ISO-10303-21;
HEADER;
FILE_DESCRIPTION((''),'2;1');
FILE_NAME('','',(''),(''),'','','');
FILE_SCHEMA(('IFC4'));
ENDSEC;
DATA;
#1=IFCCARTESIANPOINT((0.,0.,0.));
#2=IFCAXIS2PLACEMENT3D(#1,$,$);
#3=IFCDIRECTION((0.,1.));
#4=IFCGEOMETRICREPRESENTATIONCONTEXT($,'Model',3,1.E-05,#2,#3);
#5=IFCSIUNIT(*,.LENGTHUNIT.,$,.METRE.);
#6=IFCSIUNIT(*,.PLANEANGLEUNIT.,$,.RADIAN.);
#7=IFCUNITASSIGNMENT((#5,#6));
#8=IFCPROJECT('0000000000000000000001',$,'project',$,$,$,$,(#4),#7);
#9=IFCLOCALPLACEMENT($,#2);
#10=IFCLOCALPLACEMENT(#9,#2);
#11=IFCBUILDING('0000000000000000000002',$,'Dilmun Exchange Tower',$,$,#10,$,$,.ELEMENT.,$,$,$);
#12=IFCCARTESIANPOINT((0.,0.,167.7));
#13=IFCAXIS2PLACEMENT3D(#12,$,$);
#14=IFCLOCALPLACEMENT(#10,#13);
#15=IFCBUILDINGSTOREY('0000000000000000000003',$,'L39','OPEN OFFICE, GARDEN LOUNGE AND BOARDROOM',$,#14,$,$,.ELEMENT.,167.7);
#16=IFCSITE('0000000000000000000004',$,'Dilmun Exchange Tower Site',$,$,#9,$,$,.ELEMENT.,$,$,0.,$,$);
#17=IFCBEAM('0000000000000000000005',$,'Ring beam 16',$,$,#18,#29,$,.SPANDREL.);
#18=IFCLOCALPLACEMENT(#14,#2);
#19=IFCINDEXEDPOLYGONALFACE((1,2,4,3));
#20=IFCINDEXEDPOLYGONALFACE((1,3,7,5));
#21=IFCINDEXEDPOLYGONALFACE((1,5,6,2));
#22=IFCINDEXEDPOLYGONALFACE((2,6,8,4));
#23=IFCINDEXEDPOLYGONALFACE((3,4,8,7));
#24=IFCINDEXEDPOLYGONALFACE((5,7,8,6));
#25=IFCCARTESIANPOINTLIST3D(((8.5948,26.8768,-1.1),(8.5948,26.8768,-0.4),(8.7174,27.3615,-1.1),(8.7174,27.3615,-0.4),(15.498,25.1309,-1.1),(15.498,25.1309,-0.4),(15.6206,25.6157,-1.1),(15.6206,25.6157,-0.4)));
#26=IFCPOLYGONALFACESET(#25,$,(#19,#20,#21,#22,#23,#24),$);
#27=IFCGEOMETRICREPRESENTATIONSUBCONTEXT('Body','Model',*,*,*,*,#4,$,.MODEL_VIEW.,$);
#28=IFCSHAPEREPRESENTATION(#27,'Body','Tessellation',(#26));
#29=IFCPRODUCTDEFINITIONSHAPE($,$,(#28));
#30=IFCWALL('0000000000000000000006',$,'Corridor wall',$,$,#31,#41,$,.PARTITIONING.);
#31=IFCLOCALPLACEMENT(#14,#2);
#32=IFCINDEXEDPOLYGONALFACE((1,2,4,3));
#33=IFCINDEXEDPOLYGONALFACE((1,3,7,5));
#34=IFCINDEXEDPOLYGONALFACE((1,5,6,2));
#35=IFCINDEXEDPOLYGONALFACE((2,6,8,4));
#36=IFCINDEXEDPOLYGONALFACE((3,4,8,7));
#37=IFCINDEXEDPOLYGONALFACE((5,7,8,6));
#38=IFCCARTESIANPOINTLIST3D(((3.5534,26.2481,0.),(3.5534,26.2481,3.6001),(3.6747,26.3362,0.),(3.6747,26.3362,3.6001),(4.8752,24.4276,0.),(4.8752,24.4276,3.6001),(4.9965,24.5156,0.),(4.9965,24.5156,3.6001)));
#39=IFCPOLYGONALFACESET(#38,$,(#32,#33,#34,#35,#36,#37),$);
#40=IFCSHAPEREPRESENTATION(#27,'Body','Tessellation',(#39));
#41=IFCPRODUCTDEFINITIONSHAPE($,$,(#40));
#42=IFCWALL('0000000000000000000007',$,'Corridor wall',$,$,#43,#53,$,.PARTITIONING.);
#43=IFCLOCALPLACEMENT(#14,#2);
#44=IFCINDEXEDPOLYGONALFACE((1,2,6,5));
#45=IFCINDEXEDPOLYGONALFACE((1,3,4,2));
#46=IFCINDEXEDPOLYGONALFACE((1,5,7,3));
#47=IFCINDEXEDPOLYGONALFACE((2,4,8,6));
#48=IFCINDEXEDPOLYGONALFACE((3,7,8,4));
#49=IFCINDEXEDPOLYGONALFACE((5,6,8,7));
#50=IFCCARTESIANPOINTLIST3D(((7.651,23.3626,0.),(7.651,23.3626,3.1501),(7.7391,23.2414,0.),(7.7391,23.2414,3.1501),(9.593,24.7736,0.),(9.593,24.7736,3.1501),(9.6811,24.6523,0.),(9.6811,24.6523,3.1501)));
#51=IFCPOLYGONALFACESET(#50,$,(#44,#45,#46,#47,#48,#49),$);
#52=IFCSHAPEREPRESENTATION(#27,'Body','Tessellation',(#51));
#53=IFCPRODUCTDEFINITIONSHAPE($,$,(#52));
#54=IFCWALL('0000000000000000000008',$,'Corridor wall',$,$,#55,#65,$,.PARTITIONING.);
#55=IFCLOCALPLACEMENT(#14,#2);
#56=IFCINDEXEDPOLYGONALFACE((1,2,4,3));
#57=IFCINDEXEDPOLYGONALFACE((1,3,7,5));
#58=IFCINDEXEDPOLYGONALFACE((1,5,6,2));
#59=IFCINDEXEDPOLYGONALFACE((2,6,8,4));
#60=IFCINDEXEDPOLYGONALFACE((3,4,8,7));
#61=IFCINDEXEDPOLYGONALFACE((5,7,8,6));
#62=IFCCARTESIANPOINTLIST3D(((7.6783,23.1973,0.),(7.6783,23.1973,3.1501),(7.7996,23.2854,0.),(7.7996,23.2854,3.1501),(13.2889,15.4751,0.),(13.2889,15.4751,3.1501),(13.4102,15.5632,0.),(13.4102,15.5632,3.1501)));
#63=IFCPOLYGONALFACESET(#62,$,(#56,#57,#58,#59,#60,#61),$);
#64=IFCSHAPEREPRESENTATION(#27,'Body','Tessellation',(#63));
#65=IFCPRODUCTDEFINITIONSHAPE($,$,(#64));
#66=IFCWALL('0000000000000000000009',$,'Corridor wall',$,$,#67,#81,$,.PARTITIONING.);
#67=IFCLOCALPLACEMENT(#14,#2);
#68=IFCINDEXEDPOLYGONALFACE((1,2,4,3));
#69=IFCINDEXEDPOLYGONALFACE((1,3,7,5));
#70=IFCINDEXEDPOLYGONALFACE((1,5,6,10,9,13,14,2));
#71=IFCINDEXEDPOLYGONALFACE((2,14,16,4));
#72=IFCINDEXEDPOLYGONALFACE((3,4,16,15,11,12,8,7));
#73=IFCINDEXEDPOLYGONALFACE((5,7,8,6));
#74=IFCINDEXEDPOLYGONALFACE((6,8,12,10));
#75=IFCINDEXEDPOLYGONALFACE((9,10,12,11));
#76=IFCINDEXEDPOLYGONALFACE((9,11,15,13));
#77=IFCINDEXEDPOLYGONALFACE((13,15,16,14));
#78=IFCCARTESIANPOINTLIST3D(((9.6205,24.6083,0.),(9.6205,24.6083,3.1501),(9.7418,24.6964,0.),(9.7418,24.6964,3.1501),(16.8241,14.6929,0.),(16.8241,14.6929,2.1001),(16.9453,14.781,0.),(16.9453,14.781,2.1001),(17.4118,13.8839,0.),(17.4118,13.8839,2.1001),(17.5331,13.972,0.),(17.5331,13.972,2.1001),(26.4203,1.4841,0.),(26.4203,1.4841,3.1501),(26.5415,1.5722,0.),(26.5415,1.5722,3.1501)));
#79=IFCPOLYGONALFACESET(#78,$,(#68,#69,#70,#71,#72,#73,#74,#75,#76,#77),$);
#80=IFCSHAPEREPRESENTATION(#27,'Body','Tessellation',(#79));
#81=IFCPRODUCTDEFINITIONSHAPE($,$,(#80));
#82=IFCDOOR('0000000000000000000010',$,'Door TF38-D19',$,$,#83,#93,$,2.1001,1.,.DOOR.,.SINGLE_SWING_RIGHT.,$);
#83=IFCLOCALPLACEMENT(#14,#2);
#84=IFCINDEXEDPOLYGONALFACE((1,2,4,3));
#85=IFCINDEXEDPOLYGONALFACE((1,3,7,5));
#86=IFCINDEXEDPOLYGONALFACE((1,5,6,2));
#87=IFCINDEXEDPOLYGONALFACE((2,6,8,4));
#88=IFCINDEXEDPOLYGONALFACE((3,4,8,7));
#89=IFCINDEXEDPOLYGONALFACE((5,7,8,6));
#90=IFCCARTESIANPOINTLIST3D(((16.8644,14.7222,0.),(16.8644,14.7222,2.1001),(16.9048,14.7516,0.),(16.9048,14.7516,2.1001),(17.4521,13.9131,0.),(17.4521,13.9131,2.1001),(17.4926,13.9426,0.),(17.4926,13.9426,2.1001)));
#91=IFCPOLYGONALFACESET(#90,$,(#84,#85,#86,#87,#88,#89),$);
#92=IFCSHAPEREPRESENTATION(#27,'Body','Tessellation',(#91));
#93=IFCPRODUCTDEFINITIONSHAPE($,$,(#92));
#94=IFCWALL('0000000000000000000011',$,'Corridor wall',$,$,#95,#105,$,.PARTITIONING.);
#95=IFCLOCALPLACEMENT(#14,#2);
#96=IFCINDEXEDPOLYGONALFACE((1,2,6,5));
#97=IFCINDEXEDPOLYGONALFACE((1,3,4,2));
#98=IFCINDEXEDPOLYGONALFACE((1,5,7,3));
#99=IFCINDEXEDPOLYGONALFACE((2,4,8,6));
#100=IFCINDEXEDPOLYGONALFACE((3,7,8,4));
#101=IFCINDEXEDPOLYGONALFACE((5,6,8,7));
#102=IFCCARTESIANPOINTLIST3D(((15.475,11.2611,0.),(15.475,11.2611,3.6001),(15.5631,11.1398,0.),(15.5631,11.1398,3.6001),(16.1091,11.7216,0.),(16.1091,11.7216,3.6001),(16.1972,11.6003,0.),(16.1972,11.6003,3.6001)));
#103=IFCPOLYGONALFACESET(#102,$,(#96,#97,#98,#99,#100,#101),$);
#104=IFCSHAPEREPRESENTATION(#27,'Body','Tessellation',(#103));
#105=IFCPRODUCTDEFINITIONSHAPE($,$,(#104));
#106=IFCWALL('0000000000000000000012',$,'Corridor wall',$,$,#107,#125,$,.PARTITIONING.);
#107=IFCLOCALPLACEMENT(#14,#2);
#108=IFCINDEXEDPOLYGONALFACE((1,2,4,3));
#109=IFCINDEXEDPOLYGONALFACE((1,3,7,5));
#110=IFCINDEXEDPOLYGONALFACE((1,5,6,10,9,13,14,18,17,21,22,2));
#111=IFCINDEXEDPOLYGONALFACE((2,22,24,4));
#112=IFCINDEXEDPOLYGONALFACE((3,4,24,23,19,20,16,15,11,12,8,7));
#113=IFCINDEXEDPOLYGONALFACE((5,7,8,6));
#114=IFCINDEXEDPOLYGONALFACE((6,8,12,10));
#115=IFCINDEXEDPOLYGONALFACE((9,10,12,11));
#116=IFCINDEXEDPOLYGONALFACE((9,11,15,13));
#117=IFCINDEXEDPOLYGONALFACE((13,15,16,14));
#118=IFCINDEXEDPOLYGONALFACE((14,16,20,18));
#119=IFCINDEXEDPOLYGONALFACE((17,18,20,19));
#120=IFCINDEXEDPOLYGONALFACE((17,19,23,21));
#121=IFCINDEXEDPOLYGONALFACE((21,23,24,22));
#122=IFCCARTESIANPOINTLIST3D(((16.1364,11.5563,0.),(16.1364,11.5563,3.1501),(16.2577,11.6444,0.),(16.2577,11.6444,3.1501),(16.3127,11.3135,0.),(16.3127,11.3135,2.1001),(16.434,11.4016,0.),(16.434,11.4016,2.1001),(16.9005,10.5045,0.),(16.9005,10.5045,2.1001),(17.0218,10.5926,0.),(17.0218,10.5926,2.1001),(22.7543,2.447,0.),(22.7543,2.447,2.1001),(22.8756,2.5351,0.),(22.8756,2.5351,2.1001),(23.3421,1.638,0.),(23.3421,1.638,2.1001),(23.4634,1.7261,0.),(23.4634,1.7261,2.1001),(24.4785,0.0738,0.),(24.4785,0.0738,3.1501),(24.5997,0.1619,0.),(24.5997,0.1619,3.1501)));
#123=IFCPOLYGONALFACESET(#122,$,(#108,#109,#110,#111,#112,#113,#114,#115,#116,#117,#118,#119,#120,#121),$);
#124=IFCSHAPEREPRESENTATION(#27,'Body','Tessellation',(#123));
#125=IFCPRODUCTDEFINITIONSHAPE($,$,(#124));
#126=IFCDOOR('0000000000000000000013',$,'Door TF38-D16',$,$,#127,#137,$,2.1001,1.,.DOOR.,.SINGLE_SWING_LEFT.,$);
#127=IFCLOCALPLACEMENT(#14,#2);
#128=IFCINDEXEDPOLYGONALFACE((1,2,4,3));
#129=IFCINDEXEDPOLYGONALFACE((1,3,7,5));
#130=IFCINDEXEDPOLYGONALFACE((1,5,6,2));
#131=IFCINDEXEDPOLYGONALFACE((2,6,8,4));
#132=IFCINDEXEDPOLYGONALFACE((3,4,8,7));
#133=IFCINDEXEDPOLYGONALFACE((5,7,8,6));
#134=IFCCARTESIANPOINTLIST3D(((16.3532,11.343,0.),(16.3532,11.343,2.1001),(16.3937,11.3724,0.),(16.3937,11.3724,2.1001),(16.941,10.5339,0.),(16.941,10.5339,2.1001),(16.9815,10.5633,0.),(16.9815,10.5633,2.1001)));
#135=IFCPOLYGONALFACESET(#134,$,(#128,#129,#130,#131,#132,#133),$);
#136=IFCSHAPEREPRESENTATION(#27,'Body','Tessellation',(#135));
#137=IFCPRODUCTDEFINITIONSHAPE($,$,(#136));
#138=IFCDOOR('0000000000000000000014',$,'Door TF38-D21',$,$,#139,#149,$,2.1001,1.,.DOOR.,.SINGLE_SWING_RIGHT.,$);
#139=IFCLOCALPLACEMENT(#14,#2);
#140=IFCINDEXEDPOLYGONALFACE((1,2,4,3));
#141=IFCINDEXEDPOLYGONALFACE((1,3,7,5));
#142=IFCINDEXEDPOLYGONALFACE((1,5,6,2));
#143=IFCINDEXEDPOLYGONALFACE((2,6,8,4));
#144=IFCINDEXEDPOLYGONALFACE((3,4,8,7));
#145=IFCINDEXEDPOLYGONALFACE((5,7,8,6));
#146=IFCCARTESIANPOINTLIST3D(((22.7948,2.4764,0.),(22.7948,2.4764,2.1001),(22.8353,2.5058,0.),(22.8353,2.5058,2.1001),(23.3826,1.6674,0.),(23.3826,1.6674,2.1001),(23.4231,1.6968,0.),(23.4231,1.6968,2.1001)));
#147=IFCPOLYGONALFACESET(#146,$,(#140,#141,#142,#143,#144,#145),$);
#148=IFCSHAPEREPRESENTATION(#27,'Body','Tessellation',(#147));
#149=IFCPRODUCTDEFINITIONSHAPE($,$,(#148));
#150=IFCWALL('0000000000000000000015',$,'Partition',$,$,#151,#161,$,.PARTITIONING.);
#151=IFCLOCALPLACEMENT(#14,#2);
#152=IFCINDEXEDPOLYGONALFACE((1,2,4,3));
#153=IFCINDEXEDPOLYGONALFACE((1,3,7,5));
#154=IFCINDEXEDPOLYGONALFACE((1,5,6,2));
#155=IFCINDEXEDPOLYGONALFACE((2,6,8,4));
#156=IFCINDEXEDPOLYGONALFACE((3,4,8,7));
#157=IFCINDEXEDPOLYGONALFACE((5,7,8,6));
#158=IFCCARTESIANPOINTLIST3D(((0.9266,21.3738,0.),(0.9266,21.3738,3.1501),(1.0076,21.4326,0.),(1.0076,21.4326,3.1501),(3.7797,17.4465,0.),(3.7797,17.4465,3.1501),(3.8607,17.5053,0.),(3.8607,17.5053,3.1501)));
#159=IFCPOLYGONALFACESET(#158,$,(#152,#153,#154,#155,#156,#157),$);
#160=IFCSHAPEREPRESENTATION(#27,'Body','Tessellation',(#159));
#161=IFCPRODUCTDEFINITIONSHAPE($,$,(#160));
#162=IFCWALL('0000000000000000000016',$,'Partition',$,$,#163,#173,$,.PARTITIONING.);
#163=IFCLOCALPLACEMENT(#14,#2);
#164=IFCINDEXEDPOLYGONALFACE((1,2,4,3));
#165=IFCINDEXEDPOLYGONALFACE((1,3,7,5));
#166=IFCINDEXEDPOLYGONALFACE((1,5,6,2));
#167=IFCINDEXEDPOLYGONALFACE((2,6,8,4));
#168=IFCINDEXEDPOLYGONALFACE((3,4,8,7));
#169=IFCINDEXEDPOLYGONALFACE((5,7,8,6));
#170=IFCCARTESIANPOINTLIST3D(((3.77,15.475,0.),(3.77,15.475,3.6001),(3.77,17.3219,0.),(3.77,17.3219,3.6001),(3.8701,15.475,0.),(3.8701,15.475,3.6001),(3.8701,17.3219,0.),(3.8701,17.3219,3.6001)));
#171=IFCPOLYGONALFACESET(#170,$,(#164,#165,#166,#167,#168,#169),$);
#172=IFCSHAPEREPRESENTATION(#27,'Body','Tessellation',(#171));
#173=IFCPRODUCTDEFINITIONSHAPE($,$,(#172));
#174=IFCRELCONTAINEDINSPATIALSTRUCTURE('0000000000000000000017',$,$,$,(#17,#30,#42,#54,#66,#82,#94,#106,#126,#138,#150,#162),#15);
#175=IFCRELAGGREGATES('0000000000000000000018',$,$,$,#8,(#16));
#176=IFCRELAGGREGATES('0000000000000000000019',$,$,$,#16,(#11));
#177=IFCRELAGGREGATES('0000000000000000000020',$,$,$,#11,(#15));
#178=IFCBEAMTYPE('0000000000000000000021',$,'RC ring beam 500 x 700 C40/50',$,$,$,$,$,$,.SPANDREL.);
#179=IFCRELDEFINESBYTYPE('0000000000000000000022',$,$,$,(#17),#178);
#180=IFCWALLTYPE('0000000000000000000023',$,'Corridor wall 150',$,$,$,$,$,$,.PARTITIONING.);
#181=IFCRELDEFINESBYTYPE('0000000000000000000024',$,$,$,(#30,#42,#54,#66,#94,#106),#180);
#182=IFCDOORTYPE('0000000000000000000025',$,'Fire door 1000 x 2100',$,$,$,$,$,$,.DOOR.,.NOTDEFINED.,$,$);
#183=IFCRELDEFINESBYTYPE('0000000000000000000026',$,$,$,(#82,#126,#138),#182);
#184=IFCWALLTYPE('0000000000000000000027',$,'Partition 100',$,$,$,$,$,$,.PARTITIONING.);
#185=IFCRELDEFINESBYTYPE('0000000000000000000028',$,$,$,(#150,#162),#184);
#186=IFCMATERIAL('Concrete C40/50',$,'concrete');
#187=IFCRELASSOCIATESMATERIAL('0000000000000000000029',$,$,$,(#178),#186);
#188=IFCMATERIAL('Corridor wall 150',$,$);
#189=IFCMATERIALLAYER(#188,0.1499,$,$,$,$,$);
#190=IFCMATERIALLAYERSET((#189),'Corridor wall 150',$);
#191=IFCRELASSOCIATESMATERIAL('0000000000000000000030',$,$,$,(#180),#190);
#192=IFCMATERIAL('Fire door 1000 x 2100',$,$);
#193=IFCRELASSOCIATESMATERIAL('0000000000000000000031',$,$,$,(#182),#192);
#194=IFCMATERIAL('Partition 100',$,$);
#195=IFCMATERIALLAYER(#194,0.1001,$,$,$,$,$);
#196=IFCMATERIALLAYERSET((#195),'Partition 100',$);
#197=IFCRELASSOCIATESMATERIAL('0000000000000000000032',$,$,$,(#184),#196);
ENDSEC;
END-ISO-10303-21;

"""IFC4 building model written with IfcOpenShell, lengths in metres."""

from ifc_helpers import new_model, si_unit, direction, frame, frame_2d, origin, origin_2d, place, context, subcontext, project, spatial, rectangle, extrude, material, layer, layer_set, material_profile, profile_set, type_object, element, fill, save


model = new_model("IFC4")

# Units and contexts
model_context = context("Model", 3, precision=1e-05, world=origin(), true_north=direction((0.0, 1.0)))
body_context = subcontext(model_context, "Body", "Model", "MODEL_VIEW")
ifc_project = project(units=[si_unit("LENGTHUNIT", "METRE"), si_unit("PLANEANGLEUNIT", "RADIAN")], contexts=[model_context])

# Site, building, storey
site_placement = place(None, origin())
site = spatial("IfcSite", under=ifc_project, at=site_placement, Name="Dilmun Exchange Tower Site", CompositionType="ELEMENT", RefElevation=0.0)
building_placement = place(site_placement, origin())
building = spatial("IfcBuilding", under=site, at=building_placement, Name="Dilmun Exchange Tower", CompositionType="ELEMENT")
storey_placement = place(building_placement, frame((0.0, 0.0, 167.7)))
storey = spatial("IfcBuildingStorey", under=building, at=storey_placement, Name="L39", Description="OPEN OFFICE, GARDEN LOUNGE AND BOARDROOM", CompositionType="ELEMENT", Elevation=167.7)

# Beam
ifc_material_1 = material(Name="Concrete C40/50", Category="concrete")
ifc_material_profile_1 = material_profile(ifc_material_1, rectangle(XDim=0.5, YDim=0.7, at=origin_2d()), Name="500 x 700")
ifc_profile_set_1 = profile_set([ifc_material_profile_1], Name="Concrete C40/50")
beam_type_1 = type_object("IfcBeamType", Name="RC ring beam 500 x 700 C40/50", PredefinedType="SPANDREL", material=ifc_profile_set_1)
beam_1_placement = place(storey_placement, frame((15.5593, 25.3733, -0.75), z_axis=(-0.969477, 0.245181, 0.0), x_axis=(-0.245181, -0.969477, 0.0)))
element("IfcBeam", 1, at=beam_1_placement, inside=storey, type_object=beam_type_1, Name="Ring beam 16", PredefinedType="SPANDREL", context=body_context, shape_type="SweptSolid", body=[
    extrude(rectangle(XDim=0.5, YDim=0.7, at=origin_2d()), origin(), (0.0, 0.0, 1.0), 7.1206),
])

# Walls
ifc_material_2 = material(Name="Corridor wall 150")
ifc_layer_1 = layer(ifc_material_2, 0.1499)
ifc_layer_set_1 = layer_set([ifc_layer_1], Name="Corridor wall 150")
wall_type_1 = type_object("IfcWallType", Name="Corridor wall 150", PredefinedType="PARTITIONING", material=ifc_layer_set_1)
wall_1_placement = place(storey_placement, frame((3.614, 26.2922, 0.0), z_axis=(0.0, 0.0, 1.0), x_axis=(0.587513, -0.809214, 0.0)))
element("IfcWall", 2, at=wall_1_placement, inside=storey, type_object=wall_type_1, Name="Corridor wall", PredefinedType="PARTITIONING", context=body_context, shape_type="SweptSolid", body=[
    extrude(rectangle(XDim=2.2498, YDim=0.1499, at=frame_2d((1.125, 0.0))), origin(), (0.0, 0.0, 1.0), 3.6001),
])
wall_2_placement = place(storey_placement, frame((7.6951, 23.302, 0.0), z_axis=(0.0, 0.0, 1.0), x_axis=(0.809013, 0.587791, 0.0)))
element("IfcWall", 3, at=wall_2_placement, inside=storey, type_object=wall_type_1, Name="Corridor wall", PredefinedType="PARTITIONING", context=body_context, shape_type="SweptSolid", body=[
    extrude(rectangle(XDim=2.4004, YDim=0.1499, at=frame_2d((1.2002, 0.0))), origin(), (0.0, 0.0, 1.0), 3.1501),
])
wall_3_placement = place(storey_placement, frame((7.739, 23.2412, 0.0), z_axis=(0.0, 0.0, 1.0), x_axis=(0.587793, -0.809011, 0.0)))
element("IfcWall", 4, at=wall_3_placement, inside=storey, type_object=wall_type_1, Name="Corridor wall", PredefinedType="PARTITIONING", context=body_context, shape_type="SweptSolid", body=[
    extrude(rectangle(XDim=9.5452, YDim=0.1499, at=frame_2d((4.7725, 0.0))), origin(), (0.0, 0.0, 1.0), 3.1501),
])

# Wall, opening, door
wall_4_placement = place(storey_placement, frame((9.6812, 24.6523, 0.0), z_axis=(0.0, 0.0, 1.0), x_axis=(0.587763, -0.809033, 0.0)))
wall_4 = element("IfcWall", 5, at=wall_4_placement, inside=storey, type_object=wall_type_1, Name="Corridor wall", PredefinedType="PARTITIONING", context=body_context, shape_type="SweptSolid", body=[
    extrude(rectangle(XDim=28.5825, YDim=0.1499, at=frame_2d((14.2913, 0.0))), origin(), (0.0, 0.0, 1.0), 3.1501),
])
opening_1_placement = place(wall_4_placement, frame((12.2559, 0.0, 0.0)))
opening_1 = element("IfcOpeningElement", 6, at=opening_1_placement, cuts=wall_4, PredefinedType="OPENING", context=body_context, shape_type="SweptSolid", body=[
    extrude(rectangle(XDim=1.0, YDim=2.1001, at=frame_2d((0.5, 1.05))), frame((0.0, 0.085, 0.0), z_axis=(0.0, -1.0, 0.0), x_axis=(1.0, 0.0, 0.0)), (0.0, 0.0, 1.0), 0.1699),
])
ifc_material_3 = material(Name="Fire door 1000 x 2100")
door_type = type_object("IfcDoorType", Name="Fire door 1000 x 2100", OperationType="NOTDEFINED", PredefinedType="DOOR", material=ifc_material_3)
door_1_placement = place(opening_1_placement, origin())
door_1 = element("IfcDoor", 7, at=door_1_placement, inside=storey, type_object=door_type, Name="Door TF38-D19", OperationType="SINGLE_SWING_RIGHT", OverallHeight=2.1001, OverallWidth=1.0, PredefinedType="DOOR", context=body_context, shape_type="SweptSolid", body=[
    extrude(rectangle(XDim=1.0, YDim=2.1001, at=frame_2d((0.5, 1.05))), frame((0.0, 0.0249, 0.0), z_axis=(0.0, -1.0, 0.0), x_axis=(1.0, 0.0, 0.0)), (0.0, 0.0, 1.0), 0.05),
])
fill(opening_1, door_1)

# Wall
wall_5_placement = place(storey_placement, frame((15.519, 11.2004, 0.0), z_axis=(0.0, 0.0, 1.0), x_axis=(0.80914, 0.587616, 0.0)))
element("IfcWall", 8, at=wall_5_placement, inside=storey, type_object=wall_type_1, Name="Corridor wall", PredefinedType="PARTITIONING", context=body_context, shape_type="SweptSolid", body=[
    extrude(rectangle(XDim=0.7837, YDim=0.1499, at=frame_2d((0.3918, 0.0))), origin(), (0.0, 0.0, 1.0), 3.6001),
])

# Wall, openings, doors
wall_6_placement = place(storey_placement, frame((16.197, 11.6003, 0.0), z_axis=(0.0, 0.0, 1.0), x_axis=(0.587766, -0.809031, 0.0)))
wall_6 = element("IfcWall", 9, at=wall_6_placement, inside=storey, type_object=wall_type_1, Name="Corridor wall", PredefinedType="PARTITIONING", context=body_context, shape_type="SweptSolid", body=[
    extrude(rectangle(XDim=14.1929, YDim=0.1499, at=frame_2d((7.0964, 0.0))), origin(), (0.0, 0.0, 1.0), 3.1501),
])
opening_2_placement = place(wall_6_placement, frame((0.3, 0.0, 0.0)))
opening_2 = element("IfcOpeningElement", 10, at=opening_2_placement, cuts=wall_6, PredefinedType="OPENING", context=body_context, shape_type="SweptSolid", body=[
    extrude(rectangle(XDim=1.0, YDim=2.1001, at=frame_2d((0.5, 1.05))), frame((0.0, 0.085, 0.0), z_axis=(0.0, -1.0, 0.0), x_axis=(1.0, 0.0, 0.0)), (0.0, 0.0, 1.0), 0.1699),
])
opening_3_placement = place(wall_6_placement, frame((11.2595, 0.0, 0.0)))
opening_3 = element("IfcOpeningElement", 11, at=opening_3_placement, cuts=wall_6, PredefinedType="OPENING", context=body_context, shape_type="SweptSolid", body=[
    extrude(rectangle(XDim=1.0, YDim=2.1001, at=frame_2d((0.5, 1.05))), frame((0.0, 0.085, 0.0), z_axis=(0.0, -1.0, 0.0), x_axis=(1.0, 0.0, 0.0)), (0.0, 0.0, 1.0), 0.1699),
])
door_2_placement = place(opening_2_placement, frame((1.0, 0.0, 0.0), z_axis=(0.0, 0.0, 1.0), x_axis=(-1.0, 0.0, 0.0)))
door_2 = element("IfcDoor", 12, at=door_2_placement, inside=storey, type_object=door_type, Name="Door TF38-D16", OperationType="SINGLE_SWING_LEFT", OverallHeight=2.1001, OverallWidth=1.0, PredefinedType="DOOR", context=body_context, shape_type="SweptSolid", body=[
    extrude(rectangle(XDim=1.0, YDim=2.1001, at=frame_2d((0.5, 1.05))), frame((0.0, 0.0249, 0.0), z_axis=(0.0, -1.0, 0.0), x_axis=(1.0, 0.0, 0.0)), (0.0, 0.0, 1.0), 0.05),
])
fill(opening_2, door_2)
door_3_placement = place(opening_3_placement, frame((1.0, 0.0, 0.0), z_axis=(0.0, 0.0, 1.0), x_axis=(-1.0, 0.0, 0.0)))
door_3 = element("IfcDoor", 13, at=door_3_placement, inside=storey, type_object=door_type, Name="Door TF38-D21", OperationType="SINGLE_SWING_RIGHT", OverallHeight=2.1001, OverallWidth=1.0, PredefinedType="DOOR", context=body_context, shape_type="SweptSolid", body=[
    extrude(rectangle(XDim=1.0, YDim=2.1001, at=frame_2d((0.5, 1.05))), frame((0.0, 0.0249, 0.0), z_axis=(0.0, -1.0, 0.0), x_axis=(1.0, 0.0, 0.0)), (0.0, 0.0, 1.0), 0.05),
])
fill(opening_3, door_3)

# Walls
ifc_material_4 = material(Name="Partition 100")
ifc_layer_2 = layer(ifc_material_4, 0.1001)
ifc_layer_set_2 = layer_set([ifc_layer_2], Name="Partition 100")
wall_type_2 = type_object("IfcWallType", Name="Partition 100", PredefinedType="PARTITIONING", material=ifc_layer_set_2)
wall_7_placement = place(storey_placement, frame((0.967, 21.4033, 0.0), z_axis=(0.0, 0.0, 1.0), x_axis=(0.587747, -0.809045, 0.0)))
element("IfcWall", 14, at=wall_7_placement, inside=storey, type_object=wall_type_2, Name="Partition", PredefinedType="PARTITIONING", context=body_context, shape_type="SweptSolid", body=[
    extrude(rectangle(XDim=4.8542, YDim=0.1001, at=frame_2d((2.4272, 0.0))), origin(), (0.0, 0.0, 1.0), 3.1501),
])
wall_8_placement = place(storey_placement, frame((3.8201, 15.4751, 0.0), z_axis=(0.0, 0.0, 1.0), x_axis=(0.0, 1.0, 0.0)))
element("IfcWall", 15, at=wall_8_placement, inside=storey, type_object=wall_type_2, Name="Partition", PredefinedType="PARTITIONING", context=body_context, shape_type="SweptSolid", body=[
    extrude(rectangle(XDim=1.8469, YDim=0.1001, at=frame_2d((0.9233, 0.0))), origin(), (0.0, 0.0, 1.0), 3.6001),
])

save(model, "model.ifc")
